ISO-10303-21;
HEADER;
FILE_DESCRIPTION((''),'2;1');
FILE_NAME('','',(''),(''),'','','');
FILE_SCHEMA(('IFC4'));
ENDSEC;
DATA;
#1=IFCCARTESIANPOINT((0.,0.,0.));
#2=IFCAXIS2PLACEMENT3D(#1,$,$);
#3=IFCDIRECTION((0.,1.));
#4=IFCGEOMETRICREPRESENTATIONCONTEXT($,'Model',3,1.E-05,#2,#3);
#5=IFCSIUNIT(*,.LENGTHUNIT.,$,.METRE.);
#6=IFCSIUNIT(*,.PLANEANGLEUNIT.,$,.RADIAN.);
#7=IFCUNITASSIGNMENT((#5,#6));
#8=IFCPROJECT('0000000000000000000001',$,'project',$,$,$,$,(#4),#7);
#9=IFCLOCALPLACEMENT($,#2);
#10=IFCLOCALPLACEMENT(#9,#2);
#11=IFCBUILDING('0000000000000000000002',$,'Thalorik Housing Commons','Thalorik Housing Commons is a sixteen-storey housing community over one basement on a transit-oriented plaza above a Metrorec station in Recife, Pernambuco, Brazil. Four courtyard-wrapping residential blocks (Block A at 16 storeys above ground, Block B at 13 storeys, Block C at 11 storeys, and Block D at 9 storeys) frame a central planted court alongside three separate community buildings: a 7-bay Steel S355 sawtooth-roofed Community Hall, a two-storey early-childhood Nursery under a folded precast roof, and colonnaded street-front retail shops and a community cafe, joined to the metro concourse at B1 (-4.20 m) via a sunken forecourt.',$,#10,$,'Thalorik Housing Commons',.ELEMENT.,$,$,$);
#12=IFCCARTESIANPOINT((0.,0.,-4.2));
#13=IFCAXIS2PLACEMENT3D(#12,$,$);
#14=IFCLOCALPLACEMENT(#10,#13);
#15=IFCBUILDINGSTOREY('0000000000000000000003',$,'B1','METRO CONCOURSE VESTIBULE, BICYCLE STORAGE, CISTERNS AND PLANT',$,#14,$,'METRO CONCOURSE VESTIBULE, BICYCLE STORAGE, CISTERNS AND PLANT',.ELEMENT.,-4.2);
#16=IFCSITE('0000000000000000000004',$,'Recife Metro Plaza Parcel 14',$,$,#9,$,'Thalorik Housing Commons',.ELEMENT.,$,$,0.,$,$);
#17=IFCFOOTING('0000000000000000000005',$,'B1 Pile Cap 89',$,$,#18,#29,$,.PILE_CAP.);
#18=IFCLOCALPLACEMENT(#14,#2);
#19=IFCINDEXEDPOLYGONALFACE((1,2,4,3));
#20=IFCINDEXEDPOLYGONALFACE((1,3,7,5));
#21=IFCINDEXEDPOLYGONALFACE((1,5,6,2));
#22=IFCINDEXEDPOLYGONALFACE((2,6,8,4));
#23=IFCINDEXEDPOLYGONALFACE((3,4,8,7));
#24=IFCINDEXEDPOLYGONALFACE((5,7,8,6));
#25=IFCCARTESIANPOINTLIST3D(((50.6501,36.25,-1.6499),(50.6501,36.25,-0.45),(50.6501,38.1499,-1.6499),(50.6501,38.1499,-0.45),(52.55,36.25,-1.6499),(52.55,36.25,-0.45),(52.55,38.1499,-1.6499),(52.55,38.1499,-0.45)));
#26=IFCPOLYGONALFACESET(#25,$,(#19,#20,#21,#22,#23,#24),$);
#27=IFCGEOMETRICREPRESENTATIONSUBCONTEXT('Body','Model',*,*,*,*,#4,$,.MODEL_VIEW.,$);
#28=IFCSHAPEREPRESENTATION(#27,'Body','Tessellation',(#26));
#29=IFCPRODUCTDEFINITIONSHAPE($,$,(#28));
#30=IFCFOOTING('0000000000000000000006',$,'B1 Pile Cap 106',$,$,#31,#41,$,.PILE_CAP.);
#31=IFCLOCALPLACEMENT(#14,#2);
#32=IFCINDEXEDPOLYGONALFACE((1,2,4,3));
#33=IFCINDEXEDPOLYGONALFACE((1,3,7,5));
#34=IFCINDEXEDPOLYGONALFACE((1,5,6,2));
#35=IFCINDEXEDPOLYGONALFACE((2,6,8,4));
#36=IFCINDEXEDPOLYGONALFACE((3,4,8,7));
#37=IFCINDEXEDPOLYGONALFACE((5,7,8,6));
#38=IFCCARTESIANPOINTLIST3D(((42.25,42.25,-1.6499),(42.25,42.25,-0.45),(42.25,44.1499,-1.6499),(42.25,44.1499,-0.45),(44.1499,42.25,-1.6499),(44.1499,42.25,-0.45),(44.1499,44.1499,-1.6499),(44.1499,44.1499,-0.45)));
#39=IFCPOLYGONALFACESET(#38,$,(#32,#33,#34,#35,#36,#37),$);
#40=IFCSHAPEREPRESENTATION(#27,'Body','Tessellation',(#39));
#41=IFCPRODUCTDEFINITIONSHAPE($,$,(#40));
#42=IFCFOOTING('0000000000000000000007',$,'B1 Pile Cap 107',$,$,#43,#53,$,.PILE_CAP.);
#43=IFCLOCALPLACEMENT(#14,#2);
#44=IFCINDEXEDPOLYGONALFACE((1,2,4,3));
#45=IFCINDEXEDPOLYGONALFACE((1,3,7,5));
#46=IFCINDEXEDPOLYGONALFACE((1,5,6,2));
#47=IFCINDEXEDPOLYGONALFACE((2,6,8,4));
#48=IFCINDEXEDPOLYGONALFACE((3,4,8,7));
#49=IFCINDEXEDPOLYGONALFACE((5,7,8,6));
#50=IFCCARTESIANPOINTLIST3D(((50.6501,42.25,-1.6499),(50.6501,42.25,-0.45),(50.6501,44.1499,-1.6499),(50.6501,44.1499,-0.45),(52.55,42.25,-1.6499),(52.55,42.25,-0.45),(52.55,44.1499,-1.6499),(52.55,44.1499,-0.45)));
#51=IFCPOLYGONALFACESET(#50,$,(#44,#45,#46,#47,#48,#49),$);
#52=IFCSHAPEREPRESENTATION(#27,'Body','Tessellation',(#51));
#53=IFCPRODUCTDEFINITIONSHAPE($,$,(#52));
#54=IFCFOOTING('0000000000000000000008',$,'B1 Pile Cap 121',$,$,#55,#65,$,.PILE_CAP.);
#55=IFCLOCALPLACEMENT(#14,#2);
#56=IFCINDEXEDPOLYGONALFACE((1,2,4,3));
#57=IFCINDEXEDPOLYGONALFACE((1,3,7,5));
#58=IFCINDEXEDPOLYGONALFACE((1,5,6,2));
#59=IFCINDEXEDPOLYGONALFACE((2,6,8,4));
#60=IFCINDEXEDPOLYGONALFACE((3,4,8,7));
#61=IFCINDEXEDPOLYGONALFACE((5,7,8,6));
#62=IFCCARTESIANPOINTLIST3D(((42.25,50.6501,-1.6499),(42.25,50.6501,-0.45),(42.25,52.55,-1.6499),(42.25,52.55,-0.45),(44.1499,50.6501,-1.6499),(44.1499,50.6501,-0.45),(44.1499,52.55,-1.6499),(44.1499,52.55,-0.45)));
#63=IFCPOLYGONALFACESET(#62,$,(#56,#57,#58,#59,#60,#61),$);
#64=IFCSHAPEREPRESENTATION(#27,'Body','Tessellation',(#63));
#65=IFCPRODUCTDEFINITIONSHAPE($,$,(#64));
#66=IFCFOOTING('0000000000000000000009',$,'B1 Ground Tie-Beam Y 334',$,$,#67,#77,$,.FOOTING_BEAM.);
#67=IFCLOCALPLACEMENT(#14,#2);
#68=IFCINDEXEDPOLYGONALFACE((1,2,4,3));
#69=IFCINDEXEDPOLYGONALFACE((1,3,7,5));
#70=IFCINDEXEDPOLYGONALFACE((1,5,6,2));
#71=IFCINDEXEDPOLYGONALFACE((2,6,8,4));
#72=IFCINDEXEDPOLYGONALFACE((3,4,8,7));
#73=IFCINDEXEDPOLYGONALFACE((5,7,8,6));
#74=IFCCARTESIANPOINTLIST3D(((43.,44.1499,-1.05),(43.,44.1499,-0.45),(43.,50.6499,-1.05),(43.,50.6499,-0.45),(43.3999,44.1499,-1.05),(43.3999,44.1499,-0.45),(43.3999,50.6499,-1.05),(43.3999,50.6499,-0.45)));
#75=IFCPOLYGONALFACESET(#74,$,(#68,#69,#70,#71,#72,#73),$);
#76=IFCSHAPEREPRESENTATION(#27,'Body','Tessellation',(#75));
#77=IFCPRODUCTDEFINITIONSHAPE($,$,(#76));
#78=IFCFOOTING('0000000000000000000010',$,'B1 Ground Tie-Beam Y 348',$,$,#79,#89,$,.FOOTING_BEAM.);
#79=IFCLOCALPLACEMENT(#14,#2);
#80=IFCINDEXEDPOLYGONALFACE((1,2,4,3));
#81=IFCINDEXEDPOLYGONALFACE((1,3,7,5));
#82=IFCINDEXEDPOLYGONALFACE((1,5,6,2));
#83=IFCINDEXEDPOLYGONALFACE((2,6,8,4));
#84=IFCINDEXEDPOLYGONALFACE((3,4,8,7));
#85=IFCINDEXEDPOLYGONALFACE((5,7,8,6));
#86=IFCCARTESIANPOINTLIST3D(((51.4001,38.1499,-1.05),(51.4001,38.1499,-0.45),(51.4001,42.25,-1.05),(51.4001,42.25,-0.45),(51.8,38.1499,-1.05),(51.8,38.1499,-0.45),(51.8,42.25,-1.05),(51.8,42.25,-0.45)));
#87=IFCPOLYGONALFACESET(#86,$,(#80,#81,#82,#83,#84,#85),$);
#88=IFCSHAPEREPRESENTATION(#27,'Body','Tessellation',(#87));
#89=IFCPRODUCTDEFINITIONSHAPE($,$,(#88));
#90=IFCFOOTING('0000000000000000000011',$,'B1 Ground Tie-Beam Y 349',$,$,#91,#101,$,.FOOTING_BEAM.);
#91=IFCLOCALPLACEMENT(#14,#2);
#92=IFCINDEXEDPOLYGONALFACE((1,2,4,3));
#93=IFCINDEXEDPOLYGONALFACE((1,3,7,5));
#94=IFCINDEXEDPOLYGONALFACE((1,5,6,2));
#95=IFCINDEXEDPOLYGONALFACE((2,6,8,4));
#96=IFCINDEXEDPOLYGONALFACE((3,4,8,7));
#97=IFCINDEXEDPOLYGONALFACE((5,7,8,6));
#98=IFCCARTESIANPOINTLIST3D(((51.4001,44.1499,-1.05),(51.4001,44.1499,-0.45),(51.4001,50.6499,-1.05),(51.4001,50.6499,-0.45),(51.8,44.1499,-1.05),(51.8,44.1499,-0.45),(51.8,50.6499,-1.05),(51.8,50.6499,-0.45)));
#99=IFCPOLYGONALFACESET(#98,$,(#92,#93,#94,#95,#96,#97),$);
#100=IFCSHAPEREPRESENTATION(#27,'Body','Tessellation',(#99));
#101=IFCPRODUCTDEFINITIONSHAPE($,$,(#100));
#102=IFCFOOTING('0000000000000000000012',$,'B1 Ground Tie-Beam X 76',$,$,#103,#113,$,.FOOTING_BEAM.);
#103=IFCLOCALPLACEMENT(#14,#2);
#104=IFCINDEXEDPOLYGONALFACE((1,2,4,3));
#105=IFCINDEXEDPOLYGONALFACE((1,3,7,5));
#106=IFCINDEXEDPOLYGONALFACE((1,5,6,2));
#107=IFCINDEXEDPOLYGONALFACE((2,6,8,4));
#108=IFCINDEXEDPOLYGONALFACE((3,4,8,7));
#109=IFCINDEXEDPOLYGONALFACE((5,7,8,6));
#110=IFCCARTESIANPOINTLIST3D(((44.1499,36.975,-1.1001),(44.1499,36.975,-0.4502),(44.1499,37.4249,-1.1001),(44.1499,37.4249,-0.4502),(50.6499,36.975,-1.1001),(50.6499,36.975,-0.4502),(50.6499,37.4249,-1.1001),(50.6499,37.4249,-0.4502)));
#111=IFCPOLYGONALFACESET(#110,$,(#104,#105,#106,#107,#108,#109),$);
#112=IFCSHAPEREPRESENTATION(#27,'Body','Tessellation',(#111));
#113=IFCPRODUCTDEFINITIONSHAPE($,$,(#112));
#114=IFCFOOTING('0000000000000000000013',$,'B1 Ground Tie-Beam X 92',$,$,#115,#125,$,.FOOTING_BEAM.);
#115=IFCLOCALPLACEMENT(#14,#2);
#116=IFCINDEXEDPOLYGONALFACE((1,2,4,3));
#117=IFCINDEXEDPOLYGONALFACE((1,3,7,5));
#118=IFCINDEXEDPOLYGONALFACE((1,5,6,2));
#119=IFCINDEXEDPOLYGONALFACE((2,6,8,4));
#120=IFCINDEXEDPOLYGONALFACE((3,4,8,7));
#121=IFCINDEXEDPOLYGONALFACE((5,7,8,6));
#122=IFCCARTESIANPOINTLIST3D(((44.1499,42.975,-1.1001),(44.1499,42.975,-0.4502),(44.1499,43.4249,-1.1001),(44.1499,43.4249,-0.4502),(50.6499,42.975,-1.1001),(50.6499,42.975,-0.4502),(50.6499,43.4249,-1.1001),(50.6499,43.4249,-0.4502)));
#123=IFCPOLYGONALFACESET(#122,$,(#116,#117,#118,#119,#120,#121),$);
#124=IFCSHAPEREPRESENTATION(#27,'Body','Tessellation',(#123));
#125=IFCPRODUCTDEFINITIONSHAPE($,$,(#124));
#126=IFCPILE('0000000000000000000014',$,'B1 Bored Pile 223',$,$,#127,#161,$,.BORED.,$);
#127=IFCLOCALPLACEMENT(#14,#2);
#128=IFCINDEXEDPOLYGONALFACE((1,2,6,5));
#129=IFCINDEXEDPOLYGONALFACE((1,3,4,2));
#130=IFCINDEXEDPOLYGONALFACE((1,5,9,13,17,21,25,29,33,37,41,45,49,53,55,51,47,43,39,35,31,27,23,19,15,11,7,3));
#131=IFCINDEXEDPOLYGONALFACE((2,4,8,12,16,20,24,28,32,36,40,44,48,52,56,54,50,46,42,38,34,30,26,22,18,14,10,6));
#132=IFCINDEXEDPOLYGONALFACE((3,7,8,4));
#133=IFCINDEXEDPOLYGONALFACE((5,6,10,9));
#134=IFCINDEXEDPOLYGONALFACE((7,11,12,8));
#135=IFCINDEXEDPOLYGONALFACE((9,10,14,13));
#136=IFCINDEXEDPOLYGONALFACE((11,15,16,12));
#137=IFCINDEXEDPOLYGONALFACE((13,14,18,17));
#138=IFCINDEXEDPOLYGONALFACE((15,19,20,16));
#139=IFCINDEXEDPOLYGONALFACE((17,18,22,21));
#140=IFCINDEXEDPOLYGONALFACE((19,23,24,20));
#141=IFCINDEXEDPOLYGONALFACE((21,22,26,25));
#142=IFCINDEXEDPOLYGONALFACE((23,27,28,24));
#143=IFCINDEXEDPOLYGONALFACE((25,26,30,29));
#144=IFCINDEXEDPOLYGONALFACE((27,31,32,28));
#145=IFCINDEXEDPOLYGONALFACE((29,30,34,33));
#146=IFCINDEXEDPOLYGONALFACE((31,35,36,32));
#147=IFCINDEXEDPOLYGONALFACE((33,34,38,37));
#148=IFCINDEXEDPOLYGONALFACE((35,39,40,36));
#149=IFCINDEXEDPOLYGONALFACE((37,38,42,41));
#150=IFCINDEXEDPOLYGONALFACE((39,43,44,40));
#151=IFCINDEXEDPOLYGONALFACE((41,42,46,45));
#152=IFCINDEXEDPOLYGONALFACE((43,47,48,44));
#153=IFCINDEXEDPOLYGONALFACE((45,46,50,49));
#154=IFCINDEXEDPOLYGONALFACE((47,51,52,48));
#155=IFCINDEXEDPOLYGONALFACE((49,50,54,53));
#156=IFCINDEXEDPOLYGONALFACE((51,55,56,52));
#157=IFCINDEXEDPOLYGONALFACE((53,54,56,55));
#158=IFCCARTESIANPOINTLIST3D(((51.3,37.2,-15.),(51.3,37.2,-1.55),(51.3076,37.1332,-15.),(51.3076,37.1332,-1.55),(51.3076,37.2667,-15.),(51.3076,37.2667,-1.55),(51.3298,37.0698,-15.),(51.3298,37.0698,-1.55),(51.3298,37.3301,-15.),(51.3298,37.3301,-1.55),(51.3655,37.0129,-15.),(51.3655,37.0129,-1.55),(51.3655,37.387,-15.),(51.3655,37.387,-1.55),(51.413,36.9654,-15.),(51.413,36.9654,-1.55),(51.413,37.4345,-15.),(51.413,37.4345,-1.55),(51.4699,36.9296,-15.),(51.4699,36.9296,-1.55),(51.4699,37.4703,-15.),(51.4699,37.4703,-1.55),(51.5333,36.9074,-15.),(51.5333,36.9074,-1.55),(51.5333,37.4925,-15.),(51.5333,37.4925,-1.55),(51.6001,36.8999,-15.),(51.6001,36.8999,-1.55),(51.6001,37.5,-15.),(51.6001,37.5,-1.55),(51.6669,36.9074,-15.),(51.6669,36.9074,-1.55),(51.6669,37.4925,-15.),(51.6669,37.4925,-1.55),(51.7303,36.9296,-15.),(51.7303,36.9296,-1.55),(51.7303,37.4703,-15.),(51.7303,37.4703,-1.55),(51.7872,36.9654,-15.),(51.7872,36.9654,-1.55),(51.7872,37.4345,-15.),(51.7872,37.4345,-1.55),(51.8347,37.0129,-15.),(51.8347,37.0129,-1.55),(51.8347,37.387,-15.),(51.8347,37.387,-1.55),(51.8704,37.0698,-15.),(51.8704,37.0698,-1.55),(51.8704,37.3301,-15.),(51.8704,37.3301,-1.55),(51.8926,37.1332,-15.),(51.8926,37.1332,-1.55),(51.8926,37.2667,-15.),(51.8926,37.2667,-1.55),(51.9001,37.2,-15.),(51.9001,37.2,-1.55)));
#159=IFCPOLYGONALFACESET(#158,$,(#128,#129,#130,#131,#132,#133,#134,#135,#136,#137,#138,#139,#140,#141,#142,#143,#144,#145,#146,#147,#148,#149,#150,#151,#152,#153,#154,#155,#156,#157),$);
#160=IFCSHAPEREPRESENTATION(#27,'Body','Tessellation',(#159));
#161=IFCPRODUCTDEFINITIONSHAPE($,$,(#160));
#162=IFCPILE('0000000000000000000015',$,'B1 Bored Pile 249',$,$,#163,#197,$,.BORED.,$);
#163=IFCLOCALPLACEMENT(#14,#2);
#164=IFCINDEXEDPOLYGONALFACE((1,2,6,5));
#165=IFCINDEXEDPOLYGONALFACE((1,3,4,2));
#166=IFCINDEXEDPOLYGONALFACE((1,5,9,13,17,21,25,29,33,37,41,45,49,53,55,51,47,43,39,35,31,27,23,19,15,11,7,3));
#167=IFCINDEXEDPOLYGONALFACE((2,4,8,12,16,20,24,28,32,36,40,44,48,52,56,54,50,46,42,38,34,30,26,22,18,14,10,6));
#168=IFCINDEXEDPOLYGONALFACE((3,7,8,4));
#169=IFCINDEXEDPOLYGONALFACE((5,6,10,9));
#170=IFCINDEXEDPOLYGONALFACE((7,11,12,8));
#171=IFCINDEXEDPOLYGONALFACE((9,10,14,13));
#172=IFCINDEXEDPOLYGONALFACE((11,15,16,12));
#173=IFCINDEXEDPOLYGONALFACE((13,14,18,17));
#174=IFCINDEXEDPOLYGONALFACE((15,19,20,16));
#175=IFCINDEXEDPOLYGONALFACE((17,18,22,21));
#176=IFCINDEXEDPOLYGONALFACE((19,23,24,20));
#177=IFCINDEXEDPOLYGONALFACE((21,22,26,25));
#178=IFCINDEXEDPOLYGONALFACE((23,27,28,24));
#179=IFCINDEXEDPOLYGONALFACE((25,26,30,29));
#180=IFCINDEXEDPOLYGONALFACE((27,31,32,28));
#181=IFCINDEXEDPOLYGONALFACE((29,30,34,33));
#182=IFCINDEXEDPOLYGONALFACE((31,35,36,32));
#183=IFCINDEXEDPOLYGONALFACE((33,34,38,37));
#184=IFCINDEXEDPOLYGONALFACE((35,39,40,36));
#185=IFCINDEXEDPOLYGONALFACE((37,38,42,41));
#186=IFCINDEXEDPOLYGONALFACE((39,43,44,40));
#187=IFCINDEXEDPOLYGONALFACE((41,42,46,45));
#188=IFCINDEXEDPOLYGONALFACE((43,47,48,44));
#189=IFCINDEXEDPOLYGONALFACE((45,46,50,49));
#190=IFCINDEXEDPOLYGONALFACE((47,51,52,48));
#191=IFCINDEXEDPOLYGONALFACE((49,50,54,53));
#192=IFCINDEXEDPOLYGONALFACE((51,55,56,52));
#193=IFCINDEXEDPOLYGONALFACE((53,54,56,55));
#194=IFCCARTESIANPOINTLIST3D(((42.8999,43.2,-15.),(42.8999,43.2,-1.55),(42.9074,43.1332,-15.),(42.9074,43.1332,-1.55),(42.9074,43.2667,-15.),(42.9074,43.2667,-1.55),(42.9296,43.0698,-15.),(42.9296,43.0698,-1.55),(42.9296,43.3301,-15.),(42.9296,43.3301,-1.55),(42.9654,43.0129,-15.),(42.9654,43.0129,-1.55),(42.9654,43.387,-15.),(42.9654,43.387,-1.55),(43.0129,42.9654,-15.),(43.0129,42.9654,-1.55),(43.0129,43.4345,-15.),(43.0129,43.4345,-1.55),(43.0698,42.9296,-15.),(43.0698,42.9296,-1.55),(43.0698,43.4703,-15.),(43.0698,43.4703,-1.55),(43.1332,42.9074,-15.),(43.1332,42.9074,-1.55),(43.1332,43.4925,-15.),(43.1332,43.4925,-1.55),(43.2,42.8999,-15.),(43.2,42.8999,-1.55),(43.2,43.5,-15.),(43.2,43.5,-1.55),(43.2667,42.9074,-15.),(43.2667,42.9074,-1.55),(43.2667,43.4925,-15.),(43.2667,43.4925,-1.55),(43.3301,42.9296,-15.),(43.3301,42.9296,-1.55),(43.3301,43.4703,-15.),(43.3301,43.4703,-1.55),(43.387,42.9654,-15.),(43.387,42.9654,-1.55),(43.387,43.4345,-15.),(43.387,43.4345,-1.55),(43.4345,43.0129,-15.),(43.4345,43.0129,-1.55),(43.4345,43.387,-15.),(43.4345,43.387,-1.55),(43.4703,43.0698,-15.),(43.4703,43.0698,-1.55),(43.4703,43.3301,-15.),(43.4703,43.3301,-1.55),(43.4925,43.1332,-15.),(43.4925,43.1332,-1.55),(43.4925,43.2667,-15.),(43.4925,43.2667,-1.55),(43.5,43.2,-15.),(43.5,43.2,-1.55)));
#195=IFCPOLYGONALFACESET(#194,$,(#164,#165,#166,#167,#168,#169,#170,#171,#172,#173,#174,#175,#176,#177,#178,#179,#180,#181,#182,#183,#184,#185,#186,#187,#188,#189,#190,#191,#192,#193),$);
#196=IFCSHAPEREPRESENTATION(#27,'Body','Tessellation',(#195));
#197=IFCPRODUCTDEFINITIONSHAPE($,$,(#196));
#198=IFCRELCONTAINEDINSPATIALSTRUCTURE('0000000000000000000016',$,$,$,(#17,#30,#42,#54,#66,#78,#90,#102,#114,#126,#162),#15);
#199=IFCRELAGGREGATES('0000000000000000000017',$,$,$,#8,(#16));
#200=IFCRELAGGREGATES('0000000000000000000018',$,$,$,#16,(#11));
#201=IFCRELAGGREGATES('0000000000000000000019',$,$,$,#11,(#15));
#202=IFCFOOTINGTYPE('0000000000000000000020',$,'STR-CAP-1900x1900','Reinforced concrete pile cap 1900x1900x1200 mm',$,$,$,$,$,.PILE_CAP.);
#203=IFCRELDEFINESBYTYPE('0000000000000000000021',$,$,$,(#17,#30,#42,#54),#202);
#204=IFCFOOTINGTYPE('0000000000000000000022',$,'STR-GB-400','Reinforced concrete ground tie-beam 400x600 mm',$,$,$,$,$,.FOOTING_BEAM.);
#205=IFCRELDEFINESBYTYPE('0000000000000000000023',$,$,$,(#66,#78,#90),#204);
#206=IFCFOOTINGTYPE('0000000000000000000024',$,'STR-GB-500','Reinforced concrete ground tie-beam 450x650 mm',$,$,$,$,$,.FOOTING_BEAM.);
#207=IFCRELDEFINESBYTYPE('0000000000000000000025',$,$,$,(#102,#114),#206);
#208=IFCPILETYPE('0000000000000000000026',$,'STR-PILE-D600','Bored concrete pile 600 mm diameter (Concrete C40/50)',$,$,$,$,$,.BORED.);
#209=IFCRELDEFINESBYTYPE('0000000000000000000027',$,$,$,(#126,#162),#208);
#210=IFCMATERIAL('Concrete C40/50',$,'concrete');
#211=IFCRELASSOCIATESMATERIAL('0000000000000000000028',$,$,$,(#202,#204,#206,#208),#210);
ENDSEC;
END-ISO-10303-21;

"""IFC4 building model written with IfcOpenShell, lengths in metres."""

from ifc_helpers import new_model, si_unit, direction, frame, origin, origin_2d, place, context, subcontext, project, spatial, rectangle, circle, extrude, material, material_profile, profile_set, type_object, element, save


model = new_model("IFC4")

# Units and contexts
model_context = context("Model", 3, precision=1e-05, world=origin(), true_north=direction((0.0, 1.0)))
body_context = subcontext(model_context, "Body", "Model", "MODEL_VIEW")
ifc_project = project(units=[si_unit("LENGTHUNIT", "METRE"), si_unit("PLANEANGLEUNIT", "RADIAN")], contexts=[model_context])

# Site, building, storey
site_placement = place(None, origin())
site = spatial("IfcSite", under=ifc_project, at=site_placement, Name="Recife Metro Plaza Parcel 14", LongName="Thalorik Housing Commons", CompositionType="ELEMENT", RefElevation=0.0)
building_placement = place(site_placement, origin())
building = spatial("IfcBuilding", under=site, at=building_placement, Name="Thalorik Housing Commons", Description="Thalorik Housing Commons is a sixteen-storey housing community over one basement on a transit-oriented plaza above a Metrorec station in Recife, Pernambuco, Brazil. Four courtyard-wrapping residential blocks (Block A at 16 storeys above ground, Block B at 13 storeys, Block C at 11 storeys, and Block D at 9 storeys) frame a central planted court alongside three separate community buildings: a 7-bay Steel S355 sawtooth-roofed Community Hall, a two-storey early-childhood Nursery under a folded precast roof, and colonnaded street-front retail shops and a community cafe, joined to the metro concourse at B1 (-4.20 m) via a sunken forecourt.", LongName="Thalorik Housing Commons", CompositionType="ELEMENT")
storey_placement = place(building_placement, frame((0.0, 0.0, -4.2)))
storey = spatial("IfcBuildingStorey", under=building, at=storey_placement, Name="B1", Description="METRO CONCOURSE VESTIBULE, BICYCLE STORAGE, CISTERNS AND PLANT", LongName="METRO CONCOURSE VESTIBULE, BICYCLE STORAGE, CISTERNS AND PLANT", CompositionType="ELEMENT", Elevation=-4.2)

# Footings
ifc_material_1 = material(Name="Concrete C40/50", Category="concrete")
footing_type_1 = type_object("IfcFootingType", Name="STR-CAP-1900x1900", Description="Reinforced concrete pile cap 1900x1900x1200 mm", PredefinedType="PILE_CAP", material=ifc_material_1)
for number, where, z_axis, x_axis, name in (
    (1, (51.6001, 37.2, -1.6499), (0.0, 0.0, 1.0), (1.0, 0.0, 0.0), "B1 Pile Cap 89"),
    (2, (43.2, 43.2, -1.6499), (0.0, 0.0, 1.0), (1.0, 0.0, 0.0), "B1 Pile Cap 106"),
    (3, (51.6001, 43.2, -1.6499), (0.0, 0.0, 1.0), (1.0, 0.0, 0.0), "B1 Pile Cap 107"),
    (4, (43.2, 51.6001, -1.6499), (0.0, 0.0, 1.0), (1.0, 0.0, 0.0), "B1 Pile Cap 121"),
):
    element("IfcFooting", number, at=place(storey_placement, frame(where, z_axis=z_axis, x_axis=x_axis)), inside=storey, type_object=footing_type_1, Name=name, PredefinedType="PILE_CAP", context=body_context, shape_type="SweptSolid", body=[
        extrude(rectangle(XDim=1.8999, YDim=1.8999, at=origin_2d()), origin(), (0.0, 0.0, 1.0), 1.2),
    ])
ifc_material_profile_1 = material_profile(ifc_material_1, rectangle(XDim=0.3999, YDim=0.6001, at=origin_2d()), Name="RC 400x600", Category="concrete")
ifc_profile_set_1 = profile_set([ifc_material_profile_1], Name="Concrete C40/50")
footing_type_2 = type_object("IfcFootingType", Name="STR-GB-400", Description="Reinforced concrete ground tie-beam 400x600 mm", PredefinedType="FOOTING_BEAM", material=ifc_profile_set_1)
footing_1_placement = place(storey_placement, frame((43.2, 44.1499, -0.75), z_axis=(0.0, 1.0, 0.0), x_axis=(-1.0, 0.0, 0.0)))
element("IfcFooting", 5, at=footing_1_placement, inside=storey, type_object=footing_type_2, Name="B1 Ground Tie-Beam Y 334", PredefinedType="FOOTING_BEAM", context=body_context, shape_type="SweptSolid", body=[
    extrude(rectangle(XDim=0.3999, YDim=0.6001, at=origin_2d()), origin(), (0.0, 0.0, 1.0), 6.5),
])
footing_2_placement = place(storey_placement, frame((51.6001, 38.1499, -0.75), z_axis=(0.0, 1.0, 0.0), x_axis=(-1.0, 0.0, 0.0)))
element("IfcFooting", 6, at=footing_2_placement, inside=storey, type_object=footing_type_2, Name="B1 Ground Tie-Beam Y 348", PredefinedType="FOOTING_BEAM", context=body_context, shape_type="SweptSolid", body=[
    extrude(rectangle(XDim=0.3999, YDim=0.6001, at=origin_2d()), origin(), (0.0, 0.0, 1.0), 4.1001),
])
footing_3_placement = place(storey_placement, frame((51.6001, 44.1499, -0.75), z_axis=(0.0, 1.0, 0.0), x_axis=(-1.0, 0.0, 0.0)))
element("IfcFooting", 7, at=footing_3_placement, inside=storey, type_object=footing_type_2, Name="B1 Ground Tie-Beam Y 349", PredefinedType="FOOTING_BEAM", context=body_context, shape_type="SweptSolid", body=[
    extrude(rectangle(XDim=0.3999, YDim=0.6001, at=origin_2d()), origin(), (0.0, 0.0, 1.0), 6.5),
])
ifc_material_profile_2 = material_profile(ifc_material_1, rectangle(XDim=0.45, YDim=0.6499, at=origin_2d()), Name="RC 450x650", Category="concrete")
ifc_profile_set_2 = profile_set([ifc_material_profile_2], Name="Concrete C40/50")
footing_type_3 = type_object("IfcFootingType", Name="STR-GB-500", Description="Reinforced concrete ground tie-beam 450x650 mm", PredefinedType="FOOTING_BEAM", material=ifc_profile_set_2)
for number, where, z_axis, x_axis, name in (
    (8, (44.1499, 37.2, -0.7751), (1.0, 0.0, 0.0), (0.0, 1.0, 0.0), "B1 Ground Tie-Beam X 76"),
    (9, (44.1499, 43.2, -0.7751), (1.0, 0.0, 0.0), (0.0, 1.0, 0.0), "B1 Ground Tie-Beam X 92"),
):
    element("IfcFooting", number, at=place(storey_placement, frame(where, z_axis=z_axis, x_axis=x_axis)), inside=storey, type_object=footing_type_3, Name=name, PredefinedType="FOOTING_BEAM", context=body_context, shape_type="SweptSolid", body=[
        extrude(rectangle(XDim=0.45, YDim=0.6499, at=origin_2d()), origin(), (0.0, 0.0, 1.0), 6.5),
    ])

# Piles
ifc_material_profile_3 = material_profile(ifc_material_1, circle(Radius=0.3, at=origin_2d()), Name="BORED PILE D600", Category="concrete")
ifc_profile_set_3 = profile_set([ifc_material_profile_3], Name="Concrete C40/50")
pile_type = type_object("IfcPileType", Name="STR-PILE-D600", Description="Bored concrete pile 600 mm diameter (Concrete C40/50)", PredefinedType="BORED", material=ifc_profile_set_3)
for number, where, z_axis, x_axis, name in (
    (10, (51.6001, 37.2, -1.55), (0.0, 0.0, -1.0), (1.0, 0.0, 0.0), "B1 Bored Pile 223"),
    (11, (43.2, 43.2, -1.55), (0.0, 0.0, -1.0), (1.0, 0.0, 0.0), "B1 Bored Pile 249"),
):
    element("IfcPile", number, at=place(storey_placement, frame(where, z_axis=z_axis, x_axis=x_axis)), inside=storey, type_object=pile_type, Name=name, PredefinedType="BORED", context=body_context, shape_type="SweptSolid", body=[
        extrude(circle(Radius=0.3, at=origin_2d()), origin(), (0.0, 0.0, 1.0), 13.45),
    ])

save(model, "model.ifc")
